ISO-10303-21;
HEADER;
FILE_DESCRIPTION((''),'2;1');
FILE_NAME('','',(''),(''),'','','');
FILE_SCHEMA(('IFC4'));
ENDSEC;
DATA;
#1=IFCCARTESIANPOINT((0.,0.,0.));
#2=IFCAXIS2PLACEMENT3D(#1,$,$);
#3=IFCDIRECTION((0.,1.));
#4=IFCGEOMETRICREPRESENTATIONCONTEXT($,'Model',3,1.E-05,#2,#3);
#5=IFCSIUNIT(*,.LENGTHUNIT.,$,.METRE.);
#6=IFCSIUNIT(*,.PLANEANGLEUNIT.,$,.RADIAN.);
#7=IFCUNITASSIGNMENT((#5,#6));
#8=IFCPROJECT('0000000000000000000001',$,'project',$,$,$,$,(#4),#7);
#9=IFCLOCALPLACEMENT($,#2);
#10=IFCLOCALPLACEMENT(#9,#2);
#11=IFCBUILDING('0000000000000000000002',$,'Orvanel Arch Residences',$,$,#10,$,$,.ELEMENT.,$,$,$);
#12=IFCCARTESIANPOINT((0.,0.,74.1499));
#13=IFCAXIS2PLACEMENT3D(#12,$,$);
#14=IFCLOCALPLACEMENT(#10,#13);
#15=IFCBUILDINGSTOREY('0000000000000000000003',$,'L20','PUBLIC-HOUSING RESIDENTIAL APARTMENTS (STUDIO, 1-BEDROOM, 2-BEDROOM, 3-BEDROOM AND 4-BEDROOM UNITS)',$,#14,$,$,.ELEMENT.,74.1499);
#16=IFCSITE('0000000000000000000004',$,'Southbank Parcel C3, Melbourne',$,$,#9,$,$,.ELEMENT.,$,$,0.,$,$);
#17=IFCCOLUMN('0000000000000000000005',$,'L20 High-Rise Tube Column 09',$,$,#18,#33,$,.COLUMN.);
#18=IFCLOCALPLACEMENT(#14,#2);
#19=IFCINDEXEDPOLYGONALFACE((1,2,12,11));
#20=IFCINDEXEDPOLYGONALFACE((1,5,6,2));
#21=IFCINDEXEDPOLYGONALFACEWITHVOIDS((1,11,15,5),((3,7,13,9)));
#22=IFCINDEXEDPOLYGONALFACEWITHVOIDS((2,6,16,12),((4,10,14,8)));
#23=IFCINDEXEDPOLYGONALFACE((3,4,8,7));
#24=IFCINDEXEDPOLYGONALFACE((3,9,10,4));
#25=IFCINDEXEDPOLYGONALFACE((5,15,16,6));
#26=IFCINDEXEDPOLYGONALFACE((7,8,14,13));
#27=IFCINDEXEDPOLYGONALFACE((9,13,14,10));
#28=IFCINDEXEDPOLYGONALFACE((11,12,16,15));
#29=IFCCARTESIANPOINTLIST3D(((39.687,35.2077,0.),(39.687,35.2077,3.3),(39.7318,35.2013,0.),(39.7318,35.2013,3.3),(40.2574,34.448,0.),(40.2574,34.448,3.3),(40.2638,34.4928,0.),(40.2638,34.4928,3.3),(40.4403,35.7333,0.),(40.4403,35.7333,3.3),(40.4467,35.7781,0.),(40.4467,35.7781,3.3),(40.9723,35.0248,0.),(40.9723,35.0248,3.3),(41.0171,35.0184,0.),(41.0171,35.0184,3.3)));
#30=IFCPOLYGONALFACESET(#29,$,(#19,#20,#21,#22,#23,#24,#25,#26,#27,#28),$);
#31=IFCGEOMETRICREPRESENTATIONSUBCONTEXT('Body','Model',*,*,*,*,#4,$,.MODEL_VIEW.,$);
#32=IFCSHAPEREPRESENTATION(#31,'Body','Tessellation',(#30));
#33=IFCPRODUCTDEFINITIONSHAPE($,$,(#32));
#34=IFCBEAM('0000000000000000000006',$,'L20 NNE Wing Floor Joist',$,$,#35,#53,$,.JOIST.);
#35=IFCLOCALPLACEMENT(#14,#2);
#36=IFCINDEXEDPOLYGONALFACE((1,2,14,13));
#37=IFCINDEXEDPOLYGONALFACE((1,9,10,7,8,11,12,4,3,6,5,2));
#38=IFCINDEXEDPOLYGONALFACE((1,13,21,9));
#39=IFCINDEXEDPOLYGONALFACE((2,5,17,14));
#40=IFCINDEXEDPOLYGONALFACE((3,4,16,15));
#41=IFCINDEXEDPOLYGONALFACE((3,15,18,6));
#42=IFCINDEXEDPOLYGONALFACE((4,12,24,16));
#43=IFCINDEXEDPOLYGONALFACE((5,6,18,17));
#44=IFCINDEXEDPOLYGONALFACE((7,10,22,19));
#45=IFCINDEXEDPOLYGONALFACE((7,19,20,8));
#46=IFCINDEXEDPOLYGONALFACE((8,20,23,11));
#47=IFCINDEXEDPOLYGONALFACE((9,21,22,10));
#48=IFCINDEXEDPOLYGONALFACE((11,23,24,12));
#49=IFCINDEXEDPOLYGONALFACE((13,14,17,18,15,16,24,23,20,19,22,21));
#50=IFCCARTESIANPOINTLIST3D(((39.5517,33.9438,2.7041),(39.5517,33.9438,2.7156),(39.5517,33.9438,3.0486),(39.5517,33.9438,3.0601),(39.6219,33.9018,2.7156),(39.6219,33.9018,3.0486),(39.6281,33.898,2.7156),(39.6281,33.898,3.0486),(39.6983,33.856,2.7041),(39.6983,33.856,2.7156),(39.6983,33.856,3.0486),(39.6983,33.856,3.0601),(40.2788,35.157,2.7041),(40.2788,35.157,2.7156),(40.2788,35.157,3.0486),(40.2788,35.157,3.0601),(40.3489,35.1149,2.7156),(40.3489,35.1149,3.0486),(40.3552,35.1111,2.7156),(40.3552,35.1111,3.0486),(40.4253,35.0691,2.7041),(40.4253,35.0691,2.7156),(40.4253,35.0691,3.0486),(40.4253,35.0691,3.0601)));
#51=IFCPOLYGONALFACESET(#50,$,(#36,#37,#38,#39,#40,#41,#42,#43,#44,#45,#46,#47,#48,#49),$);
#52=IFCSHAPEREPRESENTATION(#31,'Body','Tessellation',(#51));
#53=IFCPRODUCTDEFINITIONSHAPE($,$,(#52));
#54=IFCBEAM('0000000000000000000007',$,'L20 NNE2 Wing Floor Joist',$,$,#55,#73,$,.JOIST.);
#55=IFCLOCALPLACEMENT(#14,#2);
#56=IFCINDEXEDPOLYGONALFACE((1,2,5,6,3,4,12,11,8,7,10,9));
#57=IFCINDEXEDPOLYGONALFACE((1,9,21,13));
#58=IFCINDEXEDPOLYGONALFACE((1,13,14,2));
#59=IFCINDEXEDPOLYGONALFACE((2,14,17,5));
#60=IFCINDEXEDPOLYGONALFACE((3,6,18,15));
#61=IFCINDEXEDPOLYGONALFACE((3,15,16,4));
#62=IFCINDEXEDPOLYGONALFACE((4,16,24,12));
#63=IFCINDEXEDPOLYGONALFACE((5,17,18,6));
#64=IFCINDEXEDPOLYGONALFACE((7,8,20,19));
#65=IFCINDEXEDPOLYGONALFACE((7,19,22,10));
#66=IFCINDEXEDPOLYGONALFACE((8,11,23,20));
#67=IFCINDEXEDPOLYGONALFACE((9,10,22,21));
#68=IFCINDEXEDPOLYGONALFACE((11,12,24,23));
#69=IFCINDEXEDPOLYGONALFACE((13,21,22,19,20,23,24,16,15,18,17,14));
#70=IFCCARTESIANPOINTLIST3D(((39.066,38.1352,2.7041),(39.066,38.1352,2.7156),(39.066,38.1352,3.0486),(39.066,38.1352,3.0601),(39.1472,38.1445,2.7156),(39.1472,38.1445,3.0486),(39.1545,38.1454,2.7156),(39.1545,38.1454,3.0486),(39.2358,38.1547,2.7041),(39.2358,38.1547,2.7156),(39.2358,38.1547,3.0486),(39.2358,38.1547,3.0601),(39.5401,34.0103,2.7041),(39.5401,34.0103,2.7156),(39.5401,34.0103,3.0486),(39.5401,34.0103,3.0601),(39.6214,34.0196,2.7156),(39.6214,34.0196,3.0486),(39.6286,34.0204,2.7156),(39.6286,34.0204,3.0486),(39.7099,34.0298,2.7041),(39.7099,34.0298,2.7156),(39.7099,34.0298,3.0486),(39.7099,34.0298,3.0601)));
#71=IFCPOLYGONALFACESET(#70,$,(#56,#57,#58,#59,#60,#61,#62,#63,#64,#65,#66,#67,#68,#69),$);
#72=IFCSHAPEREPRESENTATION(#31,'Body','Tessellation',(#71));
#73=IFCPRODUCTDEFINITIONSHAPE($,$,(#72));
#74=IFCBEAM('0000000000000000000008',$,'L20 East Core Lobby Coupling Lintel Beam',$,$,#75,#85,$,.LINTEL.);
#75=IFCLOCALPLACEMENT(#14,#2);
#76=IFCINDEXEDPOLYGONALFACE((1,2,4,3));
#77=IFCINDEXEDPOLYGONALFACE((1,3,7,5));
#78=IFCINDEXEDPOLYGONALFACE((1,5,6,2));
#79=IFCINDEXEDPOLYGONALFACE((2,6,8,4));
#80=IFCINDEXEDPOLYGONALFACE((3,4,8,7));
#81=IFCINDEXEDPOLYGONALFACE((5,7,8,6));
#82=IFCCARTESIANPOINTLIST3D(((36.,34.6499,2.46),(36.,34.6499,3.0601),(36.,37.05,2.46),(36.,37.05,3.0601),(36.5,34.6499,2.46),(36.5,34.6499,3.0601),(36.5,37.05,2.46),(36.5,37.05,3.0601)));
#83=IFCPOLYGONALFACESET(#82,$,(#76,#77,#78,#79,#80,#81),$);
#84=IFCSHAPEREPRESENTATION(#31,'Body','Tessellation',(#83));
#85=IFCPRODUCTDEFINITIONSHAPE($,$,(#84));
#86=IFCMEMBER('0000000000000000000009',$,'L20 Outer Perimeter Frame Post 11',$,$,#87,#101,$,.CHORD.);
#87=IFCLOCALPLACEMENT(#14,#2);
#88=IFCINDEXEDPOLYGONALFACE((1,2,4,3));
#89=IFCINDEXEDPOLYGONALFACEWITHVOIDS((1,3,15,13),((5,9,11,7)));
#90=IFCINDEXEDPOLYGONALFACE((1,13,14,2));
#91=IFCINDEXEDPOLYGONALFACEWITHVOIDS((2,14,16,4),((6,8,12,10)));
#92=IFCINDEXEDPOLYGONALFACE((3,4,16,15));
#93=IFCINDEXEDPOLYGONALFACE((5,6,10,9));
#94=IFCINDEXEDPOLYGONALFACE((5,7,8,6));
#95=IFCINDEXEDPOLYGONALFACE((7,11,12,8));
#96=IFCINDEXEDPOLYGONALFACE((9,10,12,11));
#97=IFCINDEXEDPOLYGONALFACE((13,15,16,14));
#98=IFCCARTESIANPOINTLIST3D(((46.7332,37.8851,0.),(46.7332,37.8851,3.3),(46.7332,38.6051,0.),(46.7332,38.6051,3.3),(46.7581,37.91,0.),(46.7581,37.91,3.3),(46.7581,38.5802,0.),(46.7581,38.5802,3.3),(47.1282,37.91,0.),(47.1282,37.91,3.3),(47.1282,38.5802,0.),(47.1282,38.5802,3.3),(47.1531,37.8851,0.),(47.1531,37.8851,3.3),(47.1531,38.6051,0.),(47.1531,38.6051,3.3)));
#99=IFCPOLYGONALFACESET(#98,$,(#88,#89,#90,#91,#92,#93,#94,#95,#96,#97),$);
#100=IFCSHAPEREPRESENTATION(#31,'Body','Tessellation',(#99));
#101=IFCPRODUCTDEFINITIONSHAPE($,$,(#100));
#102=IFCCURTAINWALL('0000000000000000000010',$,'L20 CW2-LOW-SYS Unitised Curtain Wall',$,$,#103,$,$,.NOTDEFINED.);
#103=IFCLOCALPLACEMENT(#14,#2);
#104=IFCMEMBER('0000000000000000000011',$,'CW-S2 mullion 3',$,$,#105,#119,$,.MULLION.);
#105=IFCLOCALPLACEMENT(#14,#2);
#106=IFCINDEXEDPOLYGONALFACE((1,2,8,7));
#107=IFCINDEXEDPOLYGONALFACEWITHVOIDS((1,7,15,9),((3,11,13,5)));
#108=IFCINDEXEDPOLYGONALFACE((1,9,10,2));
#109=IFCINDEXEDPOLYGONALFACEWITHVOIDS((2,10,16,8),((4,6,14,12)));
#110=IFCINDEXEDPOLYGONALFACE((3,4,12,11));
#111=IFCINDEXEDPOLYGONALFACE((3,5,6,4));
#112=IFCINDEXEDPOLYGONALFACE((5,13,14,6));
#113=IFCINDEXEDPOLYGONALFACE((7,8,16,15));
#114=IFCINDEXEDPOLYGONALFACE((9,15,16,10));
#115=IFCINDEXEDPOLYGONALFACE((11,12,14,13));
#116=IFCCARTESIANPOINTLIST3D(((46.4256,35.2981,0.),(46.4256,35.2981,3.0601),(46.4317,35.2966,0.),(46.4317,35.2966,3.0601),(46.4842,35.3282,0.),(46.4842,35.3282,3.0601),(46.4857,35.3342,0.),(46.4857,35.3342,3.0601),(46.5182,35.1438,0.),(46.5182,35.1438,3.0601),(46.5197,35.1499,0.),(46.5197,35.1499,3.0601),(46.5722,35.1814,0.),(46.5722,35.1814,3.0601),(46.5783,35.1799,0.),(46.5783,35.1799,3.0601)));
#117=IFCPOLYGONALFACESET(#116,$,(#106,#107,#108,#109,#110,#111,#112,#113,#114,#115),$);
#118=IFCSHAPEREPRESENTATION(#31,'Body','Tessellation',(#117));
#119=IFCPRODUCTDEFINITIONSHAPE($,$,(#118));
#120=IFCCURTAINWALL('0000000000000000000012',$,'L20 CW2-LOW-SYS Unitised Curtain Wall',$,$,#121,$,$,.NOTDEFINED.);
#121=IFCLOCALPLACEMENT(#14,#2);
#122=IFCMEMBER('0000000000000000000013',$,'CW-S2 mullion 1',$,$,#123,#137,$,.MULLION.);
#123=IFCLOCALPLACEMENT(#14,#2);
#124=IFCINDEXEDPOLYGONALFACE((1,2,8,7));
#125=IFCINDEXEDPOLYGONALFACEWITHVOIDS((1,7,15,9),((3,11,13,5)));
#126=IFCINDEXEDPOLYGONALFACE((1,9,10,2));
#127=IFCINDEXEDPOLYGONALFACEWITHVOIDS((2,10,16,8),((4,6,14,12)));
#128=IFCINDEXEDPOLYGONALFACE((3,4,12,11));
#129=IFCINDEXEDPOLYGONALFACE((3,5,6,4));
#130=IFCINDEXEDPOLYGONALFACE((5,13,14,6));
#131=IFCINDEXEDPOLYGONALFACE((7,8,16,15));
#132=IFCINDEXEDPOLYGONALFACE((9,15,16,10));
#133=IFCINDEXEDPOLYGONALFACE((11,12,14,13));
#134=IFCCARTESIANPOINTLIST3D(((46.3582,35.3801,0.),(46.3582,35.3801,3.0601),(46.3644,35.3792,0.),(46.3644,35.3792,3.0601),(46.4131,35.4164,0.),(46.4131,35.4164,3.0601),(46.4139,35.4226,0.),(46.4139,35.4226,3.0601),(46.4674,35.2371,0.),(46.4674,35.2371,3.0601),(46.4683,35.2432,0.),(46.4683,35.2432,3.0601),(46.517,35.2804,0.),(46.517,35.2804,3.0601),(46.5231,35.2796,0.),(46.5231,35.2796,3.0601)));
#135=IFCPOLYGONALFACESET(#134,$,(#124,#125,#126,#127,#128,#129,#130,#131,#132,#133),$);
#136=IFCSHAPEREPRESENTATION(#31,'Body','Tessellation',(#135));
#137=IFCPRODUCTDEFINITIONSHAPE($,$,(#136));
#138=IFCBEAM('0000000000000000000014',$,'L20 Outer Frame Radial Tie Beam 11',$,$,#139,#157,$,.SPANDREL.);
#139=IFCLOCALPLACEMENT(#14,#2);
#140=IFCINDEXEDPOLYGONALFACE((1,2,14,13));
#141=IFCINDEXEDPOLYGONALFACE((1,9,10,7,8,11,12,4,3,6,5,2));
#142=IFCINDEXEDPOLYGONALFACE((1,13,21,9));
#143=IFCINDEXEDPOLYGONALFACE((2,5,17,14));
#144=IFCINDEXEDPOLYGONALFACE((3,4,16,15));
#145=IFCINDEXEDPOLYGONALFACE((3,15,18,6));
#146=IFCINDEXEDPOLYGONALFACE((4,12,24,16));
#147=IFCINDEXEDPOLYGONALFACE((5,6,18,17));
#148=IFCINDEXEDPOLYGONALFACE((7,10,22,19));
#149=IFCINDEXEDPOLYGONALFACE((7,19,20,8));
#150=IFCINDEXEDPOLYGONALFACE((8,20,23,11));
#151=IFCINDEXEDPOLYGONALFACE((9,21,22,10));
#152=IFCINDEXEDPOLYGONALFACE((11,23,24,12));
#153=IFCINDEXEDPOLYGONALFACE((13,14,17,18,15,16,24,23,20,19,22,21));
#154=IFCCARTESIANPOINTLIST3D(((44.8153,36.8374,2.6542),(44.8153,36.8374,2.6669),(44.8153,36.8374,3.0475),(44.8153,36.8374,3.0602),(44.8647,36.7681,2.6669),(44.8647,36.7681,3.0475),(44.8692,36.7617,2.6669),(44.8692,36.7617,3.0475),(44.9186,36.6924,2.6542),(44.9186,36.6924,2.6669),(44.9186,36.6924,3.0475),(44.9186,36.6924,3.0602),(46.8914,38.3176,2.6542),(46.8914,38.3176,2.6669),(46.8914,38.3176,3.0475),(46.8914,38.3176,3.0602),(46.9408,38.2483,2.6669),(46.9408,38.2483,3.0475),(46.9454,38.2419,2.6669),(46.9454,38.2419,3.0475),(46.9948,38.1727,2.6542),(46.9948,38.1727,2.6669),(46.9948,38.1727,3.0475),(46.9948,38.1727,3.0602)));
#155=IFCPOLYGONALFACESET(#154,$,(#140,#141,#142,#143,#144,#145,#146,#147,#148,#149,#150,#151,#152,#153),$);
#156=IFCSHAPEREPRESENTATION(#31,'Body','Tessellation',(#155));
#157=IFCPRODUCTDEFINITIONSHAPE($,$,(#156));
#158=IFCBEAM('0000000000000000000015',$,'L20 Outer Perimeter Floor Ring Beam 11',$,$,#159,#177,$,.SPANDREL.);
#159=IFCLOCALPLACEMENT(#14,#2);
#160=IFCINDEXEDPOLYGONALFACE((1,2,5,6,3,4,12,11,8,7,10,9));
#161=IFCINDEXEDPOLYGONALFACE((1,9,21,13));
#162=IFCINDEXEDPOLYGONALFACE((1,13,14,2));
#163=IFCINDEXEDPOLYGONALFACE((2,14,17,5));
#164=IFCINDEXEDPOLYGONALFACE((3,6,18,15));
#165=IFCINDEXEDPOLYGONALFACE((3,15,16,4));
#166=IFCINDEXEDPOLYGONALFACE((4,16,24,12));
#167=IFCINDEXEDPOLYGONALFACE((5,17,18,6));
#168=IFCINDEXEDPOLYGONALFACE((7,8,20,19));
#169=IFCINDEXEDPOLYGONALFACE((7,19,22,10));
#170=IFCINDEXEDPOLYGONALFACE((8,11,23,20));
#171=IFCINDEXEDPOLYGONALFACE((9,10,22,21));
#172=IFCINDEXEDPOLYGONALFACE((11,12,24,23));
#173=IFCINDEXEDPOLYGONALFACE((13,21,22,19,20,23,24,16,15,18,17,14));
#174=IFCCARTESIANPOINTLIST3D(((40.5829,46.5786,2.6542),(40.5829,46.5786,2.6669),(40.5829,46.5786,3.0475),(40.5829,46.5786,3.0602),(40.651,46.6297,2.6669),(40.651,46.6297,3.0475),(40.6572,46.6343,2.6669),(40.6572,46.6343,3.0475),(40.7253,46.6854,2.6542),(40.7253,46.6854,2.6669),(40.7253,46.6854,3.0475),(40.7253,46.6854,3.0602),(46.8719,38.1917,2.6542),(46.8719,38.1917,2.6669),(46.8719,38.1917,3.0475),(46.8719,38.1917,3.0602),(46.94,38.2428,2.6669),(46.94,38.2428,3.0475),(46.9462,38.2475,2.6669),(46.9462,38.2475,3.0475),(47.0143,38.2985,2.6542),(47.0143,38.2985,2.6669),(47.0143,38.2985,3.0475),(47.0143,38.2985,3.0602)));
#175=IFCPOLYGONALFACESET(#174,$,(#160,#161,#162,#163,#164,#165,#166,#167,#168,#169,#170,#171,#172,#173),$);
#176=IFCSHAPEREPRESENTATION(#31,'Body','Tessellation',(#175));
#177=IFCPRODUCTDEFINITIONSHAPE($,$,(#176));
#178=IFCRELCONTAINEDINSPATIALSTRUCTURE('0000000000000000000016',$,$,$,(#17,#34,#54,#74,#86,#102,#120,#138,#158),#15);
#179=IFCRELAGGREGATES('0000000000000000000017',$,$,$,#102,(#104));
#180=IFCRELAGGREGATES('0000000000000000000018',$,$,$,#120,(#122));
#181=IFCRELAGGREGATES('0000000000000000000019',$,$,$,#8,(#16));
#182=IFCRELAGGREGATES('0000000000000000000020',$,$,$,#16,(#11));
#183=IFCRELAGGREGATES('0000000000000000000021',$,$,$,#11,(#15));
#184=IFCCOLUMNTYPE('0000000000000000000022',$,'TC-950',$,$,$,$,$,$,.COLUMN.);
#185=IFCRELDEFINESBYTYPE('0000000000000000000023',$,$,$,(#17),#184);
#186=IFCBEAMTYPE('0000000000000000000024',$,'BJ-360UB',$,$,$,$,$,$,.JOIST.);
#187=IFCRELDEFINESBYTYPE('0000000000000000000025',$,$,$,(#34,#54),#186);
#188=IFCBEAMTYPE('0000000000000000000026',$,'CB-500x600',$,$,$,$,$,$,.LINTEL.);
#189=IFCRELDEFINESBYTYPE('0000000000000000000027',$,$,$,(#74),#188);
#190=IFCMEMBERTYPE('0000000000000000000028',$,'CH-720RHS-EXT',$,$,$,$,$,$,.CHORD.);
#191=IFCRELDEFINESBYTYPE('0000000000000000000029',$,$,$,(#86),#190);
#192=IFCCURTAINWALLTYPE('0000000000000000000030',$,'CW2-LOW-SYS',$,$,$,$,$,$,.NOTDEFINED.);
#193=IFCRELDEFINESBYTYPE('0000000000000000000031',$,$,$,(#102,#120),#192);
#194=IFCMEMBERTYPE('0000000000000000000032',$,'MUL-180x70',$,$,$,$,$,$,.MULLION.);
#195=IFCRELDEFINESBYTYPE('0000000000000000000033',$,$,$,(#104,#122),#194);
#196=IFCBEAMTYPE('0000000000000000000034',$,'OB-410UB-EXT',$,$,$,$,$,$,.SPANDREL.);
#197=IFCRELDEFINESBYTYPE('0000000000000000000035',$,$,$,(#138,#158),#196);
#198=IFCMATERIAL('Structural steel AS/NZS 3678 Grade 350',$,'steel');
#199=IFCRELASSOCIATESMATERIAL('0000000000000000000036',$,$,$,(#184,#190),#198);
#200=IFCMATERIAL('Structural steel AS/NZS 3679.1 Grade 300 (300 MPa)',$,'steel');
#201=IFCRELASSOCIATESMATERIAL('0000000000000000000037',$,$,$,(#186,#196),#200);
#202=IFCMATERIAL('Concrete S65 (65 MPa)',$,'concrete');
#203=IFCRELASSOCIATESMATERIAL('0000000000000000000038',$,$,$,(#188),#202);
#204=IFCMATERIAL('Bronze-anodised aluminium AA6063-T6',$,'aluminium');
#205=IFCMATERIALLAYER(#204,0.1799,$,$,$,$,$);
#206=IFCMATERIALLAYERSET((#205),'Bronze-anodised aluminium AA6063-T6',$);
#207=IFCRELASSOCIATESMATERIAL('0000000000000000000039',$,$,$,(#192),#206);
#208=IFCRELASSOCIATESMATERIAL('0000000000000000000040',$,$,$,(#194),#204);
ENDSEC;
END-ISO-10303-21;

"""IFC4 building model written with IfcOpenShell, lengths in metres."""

from ifc_helpers import new_model, si_unit, direction, frame, origin, origin_2d, place, context, subcontext, project, spatial, rectangle, hollow_rectangle, i_section, extrude, material, layer, layer_set, material_profile, profile_set, type_object, element, aggregate, save


model = new_model("IFC4")

# Units and contexts
model_context = context("Model", 3, precision=1e-05, world=origin(), true_north=direction((0.0, 1.0)))
body_context = subcontext(model_context, "Body", "Model", "MODEL_VIEW")
ifc_project = project(units=[si_unit("LENGTHUNIT", "METRE"), si_unit("PLANEANGLEUNIT", "RADIAN")], contexts=[model_context])

# Site, building, storey
site_placement = place(None, origin())
site = spatial("IfcSite", under=ifc_project, at=site_placement, Name="Southbank Parcel C3, Melbourne", CompositionType="ELEMENT", RefElevation=0.0)
building_placement = place(site_placement, origin())
building = spatial("IfcBuilding", under=site, at=building_placement, Name="Orvanel Arch Residences", CompositionType="ELEMENT")
storey_placement = place(building_placement, frame((0.0, 0.0, 74.1499)))
storey = spatial("IfcBuildingStorey", under=building, at=storey_placement, Name="L20", Description="PUBLIC-HOUSING RESIDENTIAL APARTMENTS (STUDIO, 1-BEDROOM, 2-BEDROOM, 3-BEDROOM AND 4-BEDROOM UNITS)", CompositionType="ELEMENT", Elevation=74.1499)

# Column
ifc_material_1 = material(Name="Structural steel AS/NZS 3678 Grade 350", Category="steel")
ifc_material_profile_1 = material_profile(ifc_material_1, hollow_rectangle(XDim=0.95, YDim=0.95, WallThickness=0.032, at=origin_2d()), Name="BOX950x950x32")
ifc_profile_set_1 = profile_set([ifc_material_profile_1], Name="Structural steel AS/NZS 3678 Grade 350")
column_type = type_object("IfcColumnType", Name="TC-950", PredefinedType="COLUMN", material=ifc_profile_set_1)
column_placement = place(storey_placement, frame((40.3521, 35.113, 0.0), z_axis=(0.0, 0.0, 1.0), x_axis=(-0.60042, 0.799685, 0.0)))
element("IfcColumn", 1, at=column_placement, inside=storey, type_object=column_type, Name="L20 High-Rise Tube Column 09", PredefinedType="COLUMN", context=body_context, shape_type="SweptSolid", body=[
    extrude(hollow_rectangle(XDim=0.95, YDim=0.95, WallThickness=0.032, at=origin_2d()), origin(), (0.0, 0.0, 1.0), 3.3),
])

# Beams
ifc_material_2 = material(Name="Structural steel AS/NZS 3679.1 Grade 300 (300 MPa)", Category="steel")
ifc_material_profile_2 = material_profile(ifc_material_2, i_section(OverallWidth=0.1709, OverallDepth=0.356, WebThickness=0.0073, FlangeThickness=0.0115, at=origin_2d()), Name="360UB50.7")
ifc_profile_set_2 = profile_set([ifc_material_profile_2], Name="Structural steel AS/NZS 3679.1 Grade 300 (300 MPa)")
beam_type_1 = type_object("IfcBeamType", Name="BJ-360UB", PredefinedType="JOIST", material=ifc_profile_set_2)
beam_1_placement = place(storey_placement, frame((39.625, 33.8999, 2.8821), z_axis=(0.514064, 0.857752, 0.0), x_axis=(-0.857752, 0.514064, 0.0)))
element("IfcBeam", 2, at=beam_1_placement, inside=storey, type_object=beam_type_1, Name="L20 NNE Wing Floor Joist", PredefinedType="JOIST", context=body_context, shape_type="SweptSolid", body=[
    extrude(i_section(OverallWidth=0.1709, OverallDepth=0.356, WebThickness=0.0073, FlangeThickness=0.0115, at=origin_2d()), origin(), (0.0, 0.0, 1.0), 1.4143),
])
beam_2_placement = place(storey_placement, frame((39.625, 34.02, 2.8821), z_axis=(-0.114187, 0.993459, 0.0), x_axis=(-0.993459, -0.114187, 0.0)))
element("IfcBeam", 3, at=beam_2_placement, inside=storey, type_object=beam_type_1, Name="L20 NNE2 Wing Floor Joist", PredefinedType="JOIST", context=body_context, shape_type="SweptSolid", body=[
    extrude(i_section(OverallWidth=0.1709, OverallDepth=0.356, WebThickness=0.0073, FlangeThickness=0.0115, at=origin_2d()), origin(), (0.0, 0.0, 1.0), 4.1521),
])
ifc_material_3 = material(Name="Concrete S65 (65 MPa)", Category="concrete")
ifc_material_profile_3 = material_profile(ifc_material_3, rectangle(XDim=0.5, YDim=0.6001, at=origin_2d()), Name="RC500x600")
ifc_profile_set_3 = profile_set([ifc_material_profile_3], Name="Concrete S65 (65 MPa)")
beam_type_2 = type_object("IfcBeamType", Name="CB-500x600", PredefinedType="LINTEL", material=ifc_profile_set_3)
beam_3_placement = place(storey_placement, frame((36.25, 34.6499, 2.76), z_axis=(0.0, 1.0, 0.0), x_axis=(-1.0, 0.0, 0.0)))
element("IfcBeam", 4, at=beam_3_placement, inside=storey, type_object=beam_type_2, Name="L20 East Core Lobby Coupling Lintel Beam", PredefinedType="LINTEL", context=body_context, shape_type="SweptSolid", body=[
    extrude(rectangle(XDim=0.5, YDim=0.6001, at=origin_2d()), origin(), (0.0, 0.0, 1.0), 2.4001),
])

# Member
ifc_material_profile_4 = material_profile(ifc_material_1, hollow_rectangle(XDim=0.4199, YDim=0.72, WallThickness=0.0249, at=origin_2d()), Name="RHS720x420x25")
ifc_profile_set_4 = profile_set([ifc_material_profile_4], Name="Structural steel AS/NZS 3678 Grade 350")
member_type_1 = type_object("IfcMemberType", Name="CH-720RHS-EXT", PredefinedType="CHORD", material=ifc_profile_set_4)
member_1_placement = place(storey_placement, frame((46.9431, 38.2451, 0.0), z_axis=(0.0, 0.0, 1.0), x_axis=(1.0, 0.0, 0.0)))
element("IfcMember", 5, at=member_1_placement, inside=storey, type_object=member_type_1, Name="L20 Outer Perimeter Frame Post 11", PredefinedType="CHORD", context=body_context, shape_type="SweptSolid", body=[
    extrude(hollow_rectangle(XDim=0.4199, YDim=0.72, WallThickness=0.0249, at=origin_2d()), origin(), (0.0, 0.0, 1.0), 3.3),
])

# Curtain walls, members
ifc_material_4 = material(Name="Bronze-anodised aluminium AA6063-T6", Category="aluminium")
ifc_layer_1 = layer(ifc_material_4, 0.1799)
ifc_layer_set_1 = layer_set([ifc_layer_1], Name="Bronze-anodised aluminium AA6063-T6")
curtain_wall_type = type_object("IfcCurtainWallType", Name="CW2-LOW-SYS", PredefinedType="NOTDEFINED", material=ifc_layer_set_1)
curtain_wall_1_placement = place(storey_placement, origin())
curtain_wall_1 = element("IfcCurtainWall", 6, at=curtain_wall_1_placement, inside=storey, type_object=curtain_wall_type, Name="L20 CW2-LOW-SYS Unitised Curtain Wall", PredefinedType="NOTDEFINED")
ifc_material_profile_5 = material_profile(ifc_material_4, hollow_rectangle(XDim=0.0701, YDim=0.1799, WallThickness=0.0044, at=origin_2d()), Name="ALU180x70x4.5")
ifc_profile_set_5 = profile_set([ifc_material_profile_5], Name="Bronze-anodised aluminium AA6063-T6")
member_type_2 = type_object("IfcMemberType", Name="MUL-180x70", PredefinedType="MULLION", material=ifc_profile_set_5)
member_2_placement = place(storey_placement, frame((46.502, 35.239, 0.0), z_axis=(0.0, 0.0, 1.0), x_axis=(-0.857551, -0.5144, 0.0)))
member_2 = element("IfcMember", 7, at=member_2_placement, type_object=member_type_2, Name="CW-S2 mullion 3", PredefinedType="MULLION", context=body_context, shape_type="SweptSolid", body=[
    extrude(hollow_rectangle(XDim=0.0701, YDim=0.1799, WallThickness=0.0044, at=origin_2d()), origin(), (0.0, 0.0, 1.0), 3.0601),
])
aggregate(curtain_wall_1, [member_2])
curtain_wall_2_placement = place(storey_placement, origin())
curtain_wall_2 = element("IfcCurtainWall", 8, at=curtain_wall_2_placement, inside=storey, type_object=curtain_wall_type, Name="L20 CW2-LOW-SYS Unitised Curtain Wall", PredefinedType="NOTDEFINED")
member_3_placement = place(storey_placement, frame((46.4407, 35.3298, 0.0), z_axis=(0.0, 0.0, 1.0), x_axis=(-0.79474, -0.60695, 0.0)))
member_3 = element("IfcMember", 9, at=member_3_placement, type_object=member_type_2, Name="CW-S2 mullion 1", PredefinedType="MULLION", context=body_context, shape_type="SweptSolid", body=[
    extrude(hollow_rectangle(XDim=0.0701, YDim=0.1799, WallThickness=0.0044, at=origin_2d()), origin(), (0.0, 0.0, 1.0), 3.0601),
])

# Beams
ifc_material_profile_6 = material_profile(ifc_material_2, i_section(OverallWidth=0.178, OverallDepth=0.406, WebThickness=0.0078, FlangeThickness=0.0127, at=origin_2d()), Name="410UB59.7")
ifc_profile_set_6 = profile_set([ifc_material_profile_6], Name="Structural steel AS/NZS 3679.1 Grade 300 (300 MPa)")
beam_type_3 = type_object("IfcBeamType", Name="OB-410UB-EXT", PredefinedType="SPANDREL", material=ifc_profile_set_6)
beam_4_placement = place(storey_placement, frame((44.8669, 36.7649, 2.8572), z_axis=(0.814244, 0.580522, 0.0), x_axis=(-0.580522, 0.814244, 0.0)))
element("IfcBeam", 10, at=beam_4_placement, inside=storey, type_object=beam_type_3, Name="L20 Outer Frame Radial Tie Beam 11", PredefinedType="SPANDREL", context=body_context, shape_type="SweptSolid", body=[
    extrude(i_section(OverallWidth=0.178, OverallDepth=0.406, WebThickness=0.0078, FlangeThickness=0.0127, at=origin_2d()), origin(), (0.0, 0.0, 1.0), 2.5498),
])
beam_5_placement = place(storey_placement, frame((46.9431, 38.2451, 2.8572), z_axis=(-0.599929, 0.800053, 0.0), x_axis=(-0.800053, -0.599929, 0.0)))
element("IfcBeam", 11, at=beam_5_placement, inside=storey, type_object=beam_type_3, Name="L20 Outer Perimeter Floor Ring Beam 11", PredefinedType="SPANDREL", context=body_context, shape_type="SweptSolid", body=[
    extrude(i_section(OverallWidth=0.178, OverallDepth=0.406, WebThickness=0.0078, FlangeThickness=0.0127, at=origin_2d()), origin(), (0.0, 0.0, 1.0), 10.4829),
])

aggregate(curtain_wall_2, [member_3])

save(model, "model.ifc")
